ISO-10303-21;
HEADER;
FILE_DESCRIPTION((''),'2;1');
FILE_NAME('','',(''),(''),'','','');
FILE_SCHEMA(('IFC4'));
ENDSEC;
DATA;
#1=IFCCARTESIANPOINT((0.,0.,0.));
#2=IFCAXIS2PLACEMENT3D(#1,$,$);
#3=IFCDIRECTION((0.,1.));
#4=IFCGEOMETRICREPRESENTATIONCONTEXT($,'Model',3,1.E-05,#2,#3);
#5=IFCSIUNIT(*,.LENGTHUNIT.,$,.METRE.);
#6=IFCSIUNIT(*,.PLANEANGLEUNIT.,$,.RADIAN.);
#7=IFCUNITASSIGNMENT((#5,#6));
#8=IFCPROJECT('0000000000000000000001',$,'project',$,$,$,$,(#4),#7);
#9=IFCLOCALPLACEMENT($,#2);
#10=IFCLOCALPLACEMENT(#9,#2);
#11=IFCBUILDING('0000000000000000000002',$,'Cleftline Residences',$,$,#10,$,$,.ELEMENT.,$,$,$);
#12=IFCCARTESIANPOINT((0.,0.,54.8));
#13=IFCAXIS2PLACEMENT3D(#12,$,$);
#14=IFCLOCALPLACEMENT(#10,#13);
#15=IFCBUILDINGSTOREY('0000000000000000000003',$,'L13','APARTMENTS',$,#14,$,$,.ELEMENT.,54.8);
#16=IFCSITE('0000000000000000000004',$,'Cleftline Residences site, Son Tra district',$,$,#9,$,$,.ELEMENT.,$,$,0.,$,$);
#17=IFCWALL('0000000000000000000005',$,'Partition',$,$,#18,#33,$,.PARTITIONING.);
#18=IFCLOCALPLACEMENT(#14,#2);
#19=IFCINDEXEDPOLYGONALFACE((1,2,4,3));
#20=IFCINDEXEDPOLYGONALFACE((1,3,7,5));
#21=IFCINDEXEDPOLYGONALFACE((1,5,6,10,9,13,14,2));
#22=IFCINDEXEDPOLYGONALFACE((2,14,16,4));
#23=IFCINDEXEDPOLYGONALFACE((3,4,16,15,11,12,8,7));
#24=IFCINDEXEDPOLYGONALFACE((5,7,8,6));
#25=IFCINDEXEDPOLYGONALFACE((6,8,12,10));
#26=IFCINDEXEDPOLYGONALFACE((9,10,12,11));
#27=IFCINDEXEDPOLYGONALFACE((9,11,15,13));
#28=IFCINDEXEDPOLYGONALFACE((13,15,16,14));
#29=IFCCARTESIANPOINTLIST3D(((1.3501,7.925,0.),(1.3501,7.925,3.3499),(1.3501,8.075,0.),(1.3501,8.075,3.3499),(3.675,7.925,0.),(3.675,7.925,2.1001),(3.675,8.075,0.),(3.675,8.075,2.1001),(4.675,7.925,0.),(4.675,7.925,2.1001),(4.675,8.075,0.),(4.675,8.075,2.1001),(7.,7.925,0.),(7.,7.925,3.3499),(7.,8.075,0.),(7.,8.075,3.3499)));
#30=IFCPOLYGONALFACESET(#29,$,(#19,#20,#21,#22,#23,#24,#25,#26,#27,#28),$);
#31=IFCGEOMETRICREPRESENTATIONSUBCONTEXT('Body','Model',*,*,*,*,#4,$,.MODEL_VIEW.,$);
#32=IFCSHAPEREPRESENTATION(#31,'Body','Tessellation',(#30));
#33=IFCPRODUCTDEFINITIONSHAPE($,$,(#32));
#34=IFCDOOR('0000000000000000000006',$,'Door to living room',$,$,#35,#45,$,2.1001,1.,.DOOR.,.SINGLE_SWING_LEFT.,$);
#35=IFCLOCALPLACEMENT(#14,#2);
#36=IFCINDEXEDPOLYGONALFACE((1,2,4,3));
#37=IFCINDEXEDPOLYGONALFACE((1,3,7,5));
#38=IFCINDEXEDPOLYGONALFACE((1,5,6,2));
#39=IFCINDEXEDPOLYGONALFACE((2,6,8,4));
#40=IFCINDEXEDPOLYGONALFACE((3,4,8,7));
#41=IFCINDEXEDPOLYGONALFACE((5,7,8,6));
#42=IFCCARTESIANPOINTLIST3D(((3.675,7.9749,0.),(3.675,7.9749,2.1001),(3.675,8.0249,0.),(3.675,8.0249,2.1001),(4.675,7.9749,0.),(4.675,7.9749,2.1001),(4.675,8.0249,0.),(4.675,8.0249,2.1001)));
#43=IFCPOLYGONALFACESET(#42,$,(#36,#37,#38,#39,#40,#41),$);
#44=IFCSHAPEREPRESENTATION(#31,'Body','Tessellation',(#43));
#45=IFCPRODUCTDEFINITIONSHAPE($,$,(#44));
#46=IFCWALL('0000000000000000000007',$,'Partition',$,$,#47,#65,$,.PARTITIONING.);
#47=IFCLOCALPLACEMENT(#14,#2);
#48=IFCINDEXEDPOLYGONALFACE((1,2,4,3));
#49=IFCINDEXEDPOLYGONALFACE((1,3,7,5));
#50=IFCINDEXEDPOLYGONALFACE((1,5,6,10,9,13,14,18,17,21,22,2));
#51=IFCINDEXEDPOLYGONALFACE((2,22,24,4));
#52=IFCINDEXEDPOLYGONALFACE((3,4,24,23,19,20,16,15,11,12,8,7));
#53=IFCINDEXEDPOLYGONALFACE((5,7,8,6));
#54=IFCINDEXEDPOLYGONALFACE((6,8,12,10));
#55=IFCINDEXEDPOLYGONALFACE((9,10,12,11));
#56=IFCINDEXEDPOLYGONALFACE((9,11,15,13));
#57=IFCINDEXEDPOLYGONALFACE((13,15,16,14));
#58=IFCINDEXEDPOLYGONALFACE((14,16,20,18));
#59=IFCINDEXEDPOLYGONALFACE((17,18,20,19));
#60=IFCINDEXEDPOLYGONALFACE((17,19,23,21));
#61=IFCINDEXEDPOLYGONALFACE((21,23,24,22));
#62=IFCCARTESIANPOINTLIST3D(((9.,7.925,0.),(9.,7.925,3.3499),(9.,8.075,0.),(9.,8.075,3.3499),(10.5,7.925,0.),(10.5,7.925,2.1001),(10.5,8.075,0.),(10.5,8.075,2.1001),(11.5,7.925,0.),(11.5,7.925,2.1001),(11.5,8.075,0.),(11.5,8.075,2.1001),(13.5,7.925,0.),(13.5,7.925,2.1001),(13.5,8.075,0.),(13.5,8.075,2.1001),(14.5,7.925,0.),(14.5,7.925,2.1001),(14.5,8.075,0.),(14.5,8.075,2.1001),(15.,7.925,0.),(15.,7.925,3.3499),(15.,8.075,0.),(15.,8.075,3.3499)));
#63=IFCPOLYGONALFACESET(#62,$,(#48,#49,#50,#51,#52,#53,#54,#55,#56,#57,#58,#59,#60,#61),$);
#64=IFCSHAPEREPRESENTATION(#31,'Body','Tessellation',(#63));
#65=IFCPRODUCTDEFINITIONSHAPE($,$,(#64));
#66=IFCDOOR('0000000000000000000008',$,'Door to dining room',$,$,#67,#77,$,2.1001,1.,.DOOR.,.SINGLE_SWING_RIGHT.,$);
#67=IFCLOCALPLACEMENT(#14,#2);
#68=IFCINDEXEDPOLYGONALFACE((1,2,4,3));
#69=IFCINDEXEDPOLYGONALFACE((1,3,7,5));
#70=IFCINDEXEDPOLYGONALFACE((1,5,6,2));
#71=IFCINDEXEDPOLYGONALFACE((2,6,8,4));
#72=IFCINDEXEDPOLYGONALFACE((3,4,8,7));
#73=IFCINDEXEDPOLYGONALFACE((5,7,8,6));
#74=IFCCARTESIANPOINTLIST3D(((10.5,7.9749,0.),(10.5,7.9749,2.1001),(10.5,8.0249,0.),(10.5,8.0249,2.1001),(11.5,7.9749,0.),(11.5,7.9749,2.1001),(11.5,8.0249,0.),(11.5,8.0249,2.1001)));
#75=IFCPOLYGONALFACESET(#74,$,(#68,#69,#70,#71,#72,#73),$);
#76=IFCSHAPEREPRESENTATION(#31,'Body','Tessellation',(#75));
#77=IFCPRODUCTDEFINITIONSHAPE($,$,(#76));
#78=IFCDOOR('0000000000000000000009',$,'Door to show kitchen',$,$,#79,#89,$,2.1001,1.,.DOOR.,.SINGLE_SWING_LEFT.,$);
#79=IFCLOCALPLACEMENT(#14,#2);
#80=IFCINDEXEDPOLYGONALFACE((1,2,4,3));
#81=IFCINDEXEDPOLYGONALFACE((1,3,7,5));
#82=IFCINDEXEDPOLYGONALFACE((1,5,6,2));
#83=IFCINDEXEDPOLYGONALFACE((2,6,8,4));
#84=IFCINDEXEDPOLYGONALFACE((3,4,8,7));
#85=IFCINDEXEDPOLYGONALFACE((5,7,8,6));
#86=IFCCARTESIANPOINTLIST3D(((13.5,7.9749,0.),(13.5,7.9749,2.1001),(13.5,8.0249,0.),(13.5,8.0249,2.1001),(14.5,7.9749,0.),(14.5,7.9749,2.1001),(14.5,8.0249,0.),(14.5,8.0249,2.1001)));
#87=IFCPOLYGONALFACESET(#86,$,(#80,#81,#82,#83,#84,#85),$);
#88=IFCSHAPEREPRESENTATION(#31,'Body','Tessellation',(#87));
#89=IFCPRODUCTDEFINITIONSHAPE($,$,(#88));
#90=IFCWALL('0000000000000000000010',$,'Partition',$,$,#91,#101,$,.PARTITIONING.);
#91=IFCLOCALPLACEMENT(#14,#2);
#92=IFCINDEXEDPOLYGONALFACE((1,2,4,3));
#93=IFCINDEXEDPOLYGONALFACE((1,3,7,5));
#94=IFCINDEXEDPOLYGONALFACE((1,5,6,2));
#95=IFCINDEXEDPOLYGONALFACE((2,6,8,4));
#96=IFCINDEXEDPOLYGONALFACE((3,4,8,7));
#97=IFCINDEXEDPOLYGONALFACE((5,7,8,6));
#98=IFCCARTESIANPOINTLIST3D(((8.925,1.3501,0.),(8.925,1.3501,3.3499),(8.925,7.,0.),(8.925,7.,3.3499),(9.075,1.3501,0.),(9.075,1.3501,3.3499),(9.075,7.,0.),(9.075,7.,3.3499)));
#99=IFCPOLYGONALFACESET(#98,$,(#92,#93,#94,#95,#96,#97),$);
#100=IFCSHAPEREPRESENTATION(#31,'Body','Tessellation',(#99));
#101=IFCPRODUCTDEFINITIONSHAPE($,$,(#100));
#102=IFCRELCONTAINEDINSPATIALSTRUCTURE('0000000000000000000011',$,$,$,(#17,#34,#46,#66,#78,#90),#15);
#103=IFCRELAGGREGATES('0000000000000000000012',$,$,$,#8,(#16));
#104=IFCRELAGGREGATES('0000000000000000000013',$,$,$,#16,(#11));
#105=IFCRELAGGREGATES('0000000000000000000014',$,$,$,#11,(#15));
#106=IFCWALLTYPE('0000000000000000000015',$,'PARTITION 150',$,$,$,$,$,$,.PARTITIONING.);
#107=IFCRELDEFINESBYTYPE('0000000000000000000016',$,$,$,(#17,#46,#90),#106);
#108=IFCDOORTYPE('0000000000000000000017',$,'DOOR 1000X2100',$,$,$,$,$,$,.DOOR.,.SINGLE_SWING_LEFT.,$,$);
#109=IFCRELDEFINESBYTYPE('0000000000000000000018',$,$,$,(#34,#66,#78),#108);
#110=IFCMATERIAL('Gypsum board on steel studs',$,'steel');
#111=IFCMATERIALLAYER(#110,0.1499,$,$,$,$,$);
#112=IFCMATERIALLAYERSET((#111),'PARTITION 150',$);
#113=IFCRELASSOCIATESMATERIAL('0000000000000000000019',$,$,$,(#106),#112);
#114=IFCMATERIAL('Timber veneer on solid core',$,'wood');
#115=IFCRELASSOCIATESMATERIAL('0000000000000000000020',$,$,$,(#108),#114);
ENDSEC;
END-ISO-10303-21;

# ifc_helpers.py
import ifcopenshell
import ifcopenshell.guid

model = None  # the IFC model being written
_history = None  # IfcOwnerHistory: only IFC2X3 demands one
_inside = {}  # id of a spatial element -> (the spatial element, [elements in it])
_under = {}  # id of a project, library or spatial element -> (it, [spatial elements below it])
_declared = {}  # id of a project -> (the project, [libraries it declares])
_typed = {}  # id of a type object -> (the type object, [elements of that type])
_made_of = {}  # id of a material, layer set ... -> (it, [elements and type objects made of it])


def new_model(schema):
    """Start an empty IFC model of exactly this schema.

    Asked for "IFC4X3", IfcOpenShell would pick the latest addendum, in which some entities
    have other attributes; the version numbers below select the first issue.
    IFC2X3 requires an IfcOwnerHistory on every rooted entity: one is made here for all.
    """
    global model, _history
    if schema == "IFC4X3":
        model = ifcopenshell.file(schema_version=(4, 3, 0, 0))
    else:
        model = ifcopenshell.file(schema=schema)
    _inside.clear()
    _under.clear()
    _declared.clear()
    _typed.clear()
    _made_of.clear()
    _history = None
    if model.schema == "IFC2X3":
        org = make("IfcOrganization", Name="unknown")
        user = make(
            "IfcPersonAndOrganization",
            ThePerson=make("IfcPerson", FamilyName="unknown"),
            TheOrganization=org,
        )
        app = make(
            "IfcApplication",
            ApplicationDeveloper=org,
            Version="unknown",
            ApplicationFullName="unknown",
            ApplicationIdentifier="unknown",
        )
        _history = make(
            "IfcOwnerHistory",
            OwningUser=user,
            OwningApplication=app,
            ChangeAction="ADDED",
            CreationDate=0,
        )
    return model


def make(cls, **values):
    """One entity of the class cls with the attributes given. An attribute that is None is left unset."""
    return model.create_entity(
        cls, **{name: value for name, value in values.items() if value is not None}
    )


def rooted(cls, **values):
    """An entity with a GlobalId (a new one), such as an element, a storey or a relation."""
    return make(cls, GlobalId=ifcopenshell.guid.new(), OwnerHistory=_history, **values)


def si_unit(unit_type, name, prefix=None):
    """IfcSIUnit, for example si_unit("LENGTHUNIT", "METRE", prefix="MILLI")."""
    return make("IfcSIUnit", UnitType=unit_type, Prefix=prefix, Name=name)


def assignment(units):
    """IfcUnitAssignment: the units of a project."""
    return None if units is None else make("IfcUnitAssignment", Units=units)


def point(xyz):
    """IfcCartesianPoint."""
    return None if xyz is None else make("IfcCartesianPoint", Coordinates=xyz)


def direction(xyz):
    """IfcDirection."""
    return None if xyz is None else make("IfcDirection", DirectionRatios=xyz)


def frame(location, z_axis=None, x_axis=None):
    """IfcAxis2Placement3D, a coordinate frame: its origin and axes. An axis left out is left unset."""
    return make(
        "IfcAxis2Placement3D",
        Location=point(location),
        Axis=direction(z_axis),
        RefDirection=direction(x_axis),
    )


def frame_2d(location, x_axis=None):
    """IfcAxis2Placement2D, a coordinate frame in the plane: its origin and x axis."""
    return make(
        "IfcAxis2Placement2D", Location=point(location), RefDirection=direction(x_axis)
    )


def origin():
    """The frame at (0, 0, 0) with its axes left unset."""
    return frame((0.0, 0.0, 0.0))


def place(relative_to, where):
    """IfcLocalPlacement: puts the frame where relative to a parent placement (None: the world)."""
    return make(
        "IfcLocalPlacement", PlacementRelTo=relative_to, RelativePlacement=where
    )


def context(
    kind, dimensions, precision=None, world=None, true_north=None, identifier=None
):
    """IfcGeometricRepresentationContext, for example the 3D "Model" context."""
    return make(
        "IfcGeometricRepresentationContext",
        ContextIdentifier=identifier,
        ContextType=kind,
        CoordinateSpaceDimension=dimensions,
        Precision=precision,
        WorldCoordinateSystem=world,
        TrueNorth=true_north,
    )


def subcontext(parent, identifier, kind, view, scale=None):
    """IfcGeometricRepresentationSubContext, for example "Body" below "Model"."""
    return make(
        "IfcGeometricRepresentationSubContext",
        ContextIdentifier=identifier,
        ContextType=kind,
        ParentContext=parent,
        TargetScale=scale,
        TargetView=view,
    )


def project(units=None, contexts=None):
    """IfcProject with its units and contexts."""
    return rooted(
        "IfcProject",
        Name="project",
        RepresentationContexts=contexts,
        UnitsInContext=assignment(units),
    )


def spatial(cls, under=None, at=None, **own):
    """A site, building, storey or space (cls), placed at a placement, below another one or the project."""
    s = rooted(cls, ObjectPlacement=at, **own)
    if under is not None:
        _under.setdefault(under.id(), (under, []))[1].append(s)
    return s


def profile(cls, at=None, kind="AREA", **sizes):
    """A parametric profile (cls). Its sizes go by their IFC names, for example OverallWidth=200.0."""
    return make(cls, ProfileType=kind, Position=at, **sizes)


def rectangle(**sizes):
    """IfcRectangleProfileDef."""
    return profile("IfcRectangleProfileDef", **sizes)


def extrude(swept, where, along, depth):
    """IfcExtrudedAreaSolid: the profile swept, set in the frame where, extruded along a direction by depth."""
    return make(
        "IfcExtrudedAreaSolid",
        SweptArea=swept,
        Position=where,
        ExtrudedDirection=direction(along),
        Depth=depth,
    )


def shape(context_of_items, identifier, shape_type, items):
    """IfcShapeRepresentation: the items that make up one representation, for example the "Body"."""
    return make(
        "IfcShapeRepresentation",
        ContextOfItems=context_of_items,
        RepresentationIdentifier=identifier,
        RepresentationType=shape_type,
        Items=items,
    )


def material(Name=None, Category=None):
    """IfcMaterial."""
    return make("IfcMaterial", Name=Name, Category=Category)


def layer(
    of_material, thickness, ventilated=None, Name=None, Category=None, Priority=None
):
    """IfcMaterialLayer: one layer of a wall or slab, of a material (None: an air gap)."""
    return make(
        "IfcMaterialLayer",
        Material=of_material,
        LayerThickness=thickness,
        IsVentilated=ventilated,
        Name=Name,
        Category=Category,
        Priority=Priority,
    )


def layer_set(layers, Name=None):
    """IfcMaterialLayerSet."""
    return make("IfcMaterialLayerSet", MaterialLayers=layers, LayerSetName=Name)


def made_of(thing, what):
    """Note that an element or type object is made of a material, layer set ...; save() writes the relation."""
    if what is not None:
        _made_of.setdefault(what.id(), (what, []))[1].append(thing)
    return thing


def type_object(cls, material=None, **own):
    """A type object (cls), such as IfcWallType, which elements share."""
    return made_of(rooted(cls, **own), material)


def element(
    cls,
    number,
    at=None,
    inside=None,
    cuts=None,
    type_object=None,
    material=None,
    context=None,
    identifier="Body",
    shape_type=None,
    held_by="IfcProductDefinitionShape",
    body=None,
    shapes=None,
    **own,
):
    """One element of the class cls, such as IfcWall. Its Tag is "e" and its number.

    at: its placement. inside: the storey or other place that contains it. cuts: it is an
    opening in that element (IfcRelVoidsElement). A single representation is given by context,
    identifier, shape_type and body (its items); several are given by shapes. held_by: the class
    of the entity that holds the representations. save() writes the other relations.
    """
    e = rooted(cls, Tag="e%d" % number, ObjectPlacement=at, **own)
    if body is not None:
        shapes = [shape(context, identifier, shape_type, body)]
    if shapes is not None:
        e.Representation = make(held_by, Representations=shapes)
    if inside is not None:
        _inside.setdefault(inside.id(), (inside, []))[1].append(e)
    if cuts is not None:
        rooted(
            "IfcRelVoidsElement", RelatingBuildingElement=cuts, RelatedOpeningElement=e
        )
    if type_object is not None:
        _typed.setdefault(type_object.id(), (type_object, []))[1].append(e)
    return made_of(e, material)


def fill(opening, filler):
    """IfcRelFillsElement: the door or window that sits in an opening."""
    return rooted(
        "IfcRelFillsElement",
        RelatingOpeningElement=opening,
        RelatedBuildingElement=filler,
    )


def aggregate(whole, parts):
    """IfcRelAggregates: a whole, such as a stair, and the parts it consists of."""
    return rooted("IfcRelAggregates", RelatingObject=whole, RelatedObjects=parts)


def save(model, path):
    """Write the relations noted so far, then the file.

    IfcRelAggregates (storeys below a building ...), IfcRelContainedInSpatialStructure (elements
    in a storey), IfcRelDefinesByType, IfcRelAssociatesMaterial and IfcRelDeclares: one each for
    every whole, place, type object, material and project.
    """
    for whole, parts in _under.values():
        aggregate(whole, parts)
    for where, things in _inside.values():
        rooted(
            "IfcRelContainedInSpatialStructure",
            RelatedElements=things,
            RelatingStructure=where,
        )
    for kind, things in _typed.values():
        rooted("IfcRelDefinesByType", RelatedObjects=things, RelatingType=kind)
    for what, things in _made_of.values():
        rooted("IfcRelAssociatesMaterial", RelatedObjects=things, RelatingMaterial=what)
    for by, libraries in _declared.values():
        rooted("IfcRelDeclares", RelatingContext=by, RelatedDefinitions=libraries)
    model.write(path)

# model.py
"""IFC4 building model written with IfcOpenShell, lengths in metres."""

from ifc_helpers import new_model, si_unit, direction, frame, frame_2d, origin, place, context, subcontext, project, spatial, rectangle, extrude, material, layer, layer_set, type_object, element, fill, save


model = new_model("IFC4")

# Units and contexts
model_context = context("Model", 3, precision=1e-05, world=origin(), true_north=direction((0.0, 1.0)))
body_context = subcontext(model_context, "Body", "Model", "MODEL_VIEW")
ifc_project = project(units=[si_unit("LENGTHUNIT", "METRE"), si_unit("PLANEANGLEUNIT", "RADIAN")], contexts=[model_context])

# Site, building, storey
site_placement = place(None, origin())
site = spatial("IfcSite", under=ifc_project, at=site_placement, Name="Cleftline Residences site, Son Tra district", CompositionType="ELEMENT", RefElevation=0.0)
building_placement = place(site_placement, origin())
building = spatial("IfcBuilding", under=site, at=building_placement, Name="Cleftline Residences", CompositionType="ELEMENT")
storey_placement = place(building_placement, frame((0.0, 0.0, 54.8)))
storey = spatial("IfcBuildingStorey", under=building, at=storey_placement, Name="L13", Description="APARTMENTS", CompositionType="ELEMENT", Elevation=54.8)

# Wall, opening, door
ifc_material_1 = material(Name="Gypsum board on steel studs", Category="steel")
ifc_layer_1 = layer(ifc_material_1, 0.1499)
ifc_layer_set_1 = layer_set([ifc_layer_1], Name="PARTITION 150")
wall_type_1 = type_object("IfcWallType", Name="PARTITION 150", PredefinedType="PARTITIONING", material=ifc_layer_set_1)
wall_1_placement = place(storey_placement, frame((1.3501, 8.0, 0.0), z_axis=(0.0, 0.0, 1.0), x_axis=(1.0, 0.0, 0.0)))
wall_1 = element("IfcWall", 1, at=wall_1_placement, inside=storey, type_object=wall_type_1, Name="Partition", PredefinedType="PARTITIONING", context=body_context, shape_type="SweptSolid", body=[
    extrude(rectangle(XDim=5.6499, YDim=0.1499, at=frame_2d((2.825, 0.0))), origin(), (0.0, 0.0, 1.0), 3.3499),
])
opening_1_placement = place(wall_1_placement, frame((2.325, 0.0, 0.0)))
opening_1 = element("IfcOpeningElement", 2, at=opening_1_placement, cuts=wall_1, PredefinedType="OPENING", context=body_context, shape_type="SweptSolid", body=[
    extrude(rectangle(XDim=1.0, YDim=2.1001, at=frame_2d((0.5, 1.05))), frame((0.0, 0.085, 0.0), z_axis=(0.0, -1.0, 0.0), x_axis=(1.0, 0.0, 0.0)), (0.0, 0.0, 1.0), 0.1699),
])
ifc_material_2 = material(Name="Timber veneer on solid core", Category="wood")
door_type = type_object("IfcDoorType", Name="DOOR 1000X2100", OperationType="SINGLE_SWING_LEFT", PredefinedType="DOOR", material=ifc_material_2)
door_1_placement = place(opening_1_placement, origin())
door_1 = element("IfcDoor", 3, at=door_1_placement, inside=storey, type_object=door_type, Name="Door to living room", OperationType="SINGLE_SWING_LEFT", OverallHeight=2.1001, OverallWidth=1.0, PredefinedType="DOOR", context=body_context, shape_type="SweptSolid", body=[
    extrude(rectangle(XDim=1.0, YDim=2.1001, at=frame_2d((0.5, 1.05))), frame((0.0, 0.0249, 0.0), z_axis=(0.0, -1.0, 0.0), x_axis=(1.0, 0.0, 0.0)), (0.0, 0.0, 1.0), 0.05),
])
fill(opening_1, door_1)

# Wall, openings, doors
wall_2_placement = place(storey_placement, frame((9.0, 8.0, 0.0), z_axis=(0.0, 0.0, 1.0), x_axis=(1.0, 0.0, 0.0)))
wall_2 = element("IfcWall", 4, at=wall_2_placement, inside=storey, type_object=wall_type_1, Name="Partition", PredefinedType="PARTITIONING", context=body_context, shape_type="SweptSolid", body=[
    extrude(rectangle(XDim=6.0, YDim=0.1499, at=frame_2d((3.0, 0.0))), origin(), (0.0, 0.0, 1.0), 3.3499),
])
opening_2_placement = place(wall_2_placement, frame((1.5, 0.0, 0.0)))
opening_2 = element("IfcOpeningElement", 5, at=opening_2_placement, cuts=wall_2, PredefinedType="OPENING", context=body_context, shape_type="SweptSolid", body=[
    extrude(rectangle(XDim=1.0, YDim=2.1001, at=frame_2d((0.5, 1.05))), frame((0.0, 0.085, 0.0), z_axis=(0.0, -1.0, 0.0), x_axis=(1.0, 0.0, 0.0)), (0.0, 0.0, 1.0), 0.1699),
])
opening_3_placement = place(wall_2_placement, frame((4.5, 0.0, 0.0)))
opening_3 = element("IfcOpeningElement", 6, at=opening_3_placement, cuts=wall_2, PredefinedType="OPENING", context=body_context, shape_type="SweptSolid", body=[
    extrude(rectangle(XDim=1.0, YDim=2.1001, at=frame_2d((0.5, 1.05))), frame((0.0, 0.085, 0.0), z_axis=(0.0, -1.0, 0.0), x_axis=(1.0, 0.0, 0.0)), (0.0, 0.0, 1.0), 0.1699),
])
door_2_placement = place(opening_2_placement, origin())
door_2 = element("IfcDoor", 7, at=door_2_placement, inside=storey, type_object=door_type, Name="Door to dining room", OperationType="SINGLE_SWING_RIGHT", OverallHeight=2.1001, OverallWidth=1.0, PredefinedType="DOOR", context=body_context, shape_type="SweptSolid", body=[
    extrude(rectangle(XDim=1.0, YDim=2.1001, at=frame_2d((0.5, 1.05))), frame((0.0, 0.0249, 0.0), z_axis=(0.0, -1.0, 0.0), x_axis=(1.0, 0.0, 0.0)), (0.0, 0.0, 1.0), 0.05),
])
fill(opening_2, door_2)
door_3_placement = place(opening_3_placement, origin())
door_3 = element("IfcDoor", 8, at=door_3_placement, inside=storey, type_object=door_type, Name="Door to show kitchen", OperationType="SINGLE_SWING_LEFT", OverallHeight=2.1001, OverallWidth=1.0, PredefinedType="DOOR", context=body_context, shape_type="SweptSolid", body=[
    extrude(rectangle(XDim=1.0, YDim=2.1001, at=frame_2d((0.5, 1.05))), frame((0.0, 0.0249, 0.0), z_axis=(0.0, -1.0, 0.0), x_axis=(1.0, 0.0, 0.0)), (0.0, 0.0, 1.0), 0.05),
])
fill(opening_3, door_3)

# Wall
wall_3_placement = place(storey_placement, frame((9.0, 1.3501, 0.0), z_axis=(0.0, 0.0, 1.0), x_axis=(0.0, 1.0, 0.0)))
element("IfcWall", 9, at=wall_3_placement, inside=storey, type_object=wall_type_1, Name="Partition", PredefinedType="PARTITIONING", context=body_context, shape_type="SweptSolid", body=[
    extrude(rectangle(XDim=5.6499, YDim=0.1499, at=frame_2d((2.825, 0.0))), origin(), (0.0, 0.0, 1.0), 3.3499),
])

save(model, "model.ifc")
